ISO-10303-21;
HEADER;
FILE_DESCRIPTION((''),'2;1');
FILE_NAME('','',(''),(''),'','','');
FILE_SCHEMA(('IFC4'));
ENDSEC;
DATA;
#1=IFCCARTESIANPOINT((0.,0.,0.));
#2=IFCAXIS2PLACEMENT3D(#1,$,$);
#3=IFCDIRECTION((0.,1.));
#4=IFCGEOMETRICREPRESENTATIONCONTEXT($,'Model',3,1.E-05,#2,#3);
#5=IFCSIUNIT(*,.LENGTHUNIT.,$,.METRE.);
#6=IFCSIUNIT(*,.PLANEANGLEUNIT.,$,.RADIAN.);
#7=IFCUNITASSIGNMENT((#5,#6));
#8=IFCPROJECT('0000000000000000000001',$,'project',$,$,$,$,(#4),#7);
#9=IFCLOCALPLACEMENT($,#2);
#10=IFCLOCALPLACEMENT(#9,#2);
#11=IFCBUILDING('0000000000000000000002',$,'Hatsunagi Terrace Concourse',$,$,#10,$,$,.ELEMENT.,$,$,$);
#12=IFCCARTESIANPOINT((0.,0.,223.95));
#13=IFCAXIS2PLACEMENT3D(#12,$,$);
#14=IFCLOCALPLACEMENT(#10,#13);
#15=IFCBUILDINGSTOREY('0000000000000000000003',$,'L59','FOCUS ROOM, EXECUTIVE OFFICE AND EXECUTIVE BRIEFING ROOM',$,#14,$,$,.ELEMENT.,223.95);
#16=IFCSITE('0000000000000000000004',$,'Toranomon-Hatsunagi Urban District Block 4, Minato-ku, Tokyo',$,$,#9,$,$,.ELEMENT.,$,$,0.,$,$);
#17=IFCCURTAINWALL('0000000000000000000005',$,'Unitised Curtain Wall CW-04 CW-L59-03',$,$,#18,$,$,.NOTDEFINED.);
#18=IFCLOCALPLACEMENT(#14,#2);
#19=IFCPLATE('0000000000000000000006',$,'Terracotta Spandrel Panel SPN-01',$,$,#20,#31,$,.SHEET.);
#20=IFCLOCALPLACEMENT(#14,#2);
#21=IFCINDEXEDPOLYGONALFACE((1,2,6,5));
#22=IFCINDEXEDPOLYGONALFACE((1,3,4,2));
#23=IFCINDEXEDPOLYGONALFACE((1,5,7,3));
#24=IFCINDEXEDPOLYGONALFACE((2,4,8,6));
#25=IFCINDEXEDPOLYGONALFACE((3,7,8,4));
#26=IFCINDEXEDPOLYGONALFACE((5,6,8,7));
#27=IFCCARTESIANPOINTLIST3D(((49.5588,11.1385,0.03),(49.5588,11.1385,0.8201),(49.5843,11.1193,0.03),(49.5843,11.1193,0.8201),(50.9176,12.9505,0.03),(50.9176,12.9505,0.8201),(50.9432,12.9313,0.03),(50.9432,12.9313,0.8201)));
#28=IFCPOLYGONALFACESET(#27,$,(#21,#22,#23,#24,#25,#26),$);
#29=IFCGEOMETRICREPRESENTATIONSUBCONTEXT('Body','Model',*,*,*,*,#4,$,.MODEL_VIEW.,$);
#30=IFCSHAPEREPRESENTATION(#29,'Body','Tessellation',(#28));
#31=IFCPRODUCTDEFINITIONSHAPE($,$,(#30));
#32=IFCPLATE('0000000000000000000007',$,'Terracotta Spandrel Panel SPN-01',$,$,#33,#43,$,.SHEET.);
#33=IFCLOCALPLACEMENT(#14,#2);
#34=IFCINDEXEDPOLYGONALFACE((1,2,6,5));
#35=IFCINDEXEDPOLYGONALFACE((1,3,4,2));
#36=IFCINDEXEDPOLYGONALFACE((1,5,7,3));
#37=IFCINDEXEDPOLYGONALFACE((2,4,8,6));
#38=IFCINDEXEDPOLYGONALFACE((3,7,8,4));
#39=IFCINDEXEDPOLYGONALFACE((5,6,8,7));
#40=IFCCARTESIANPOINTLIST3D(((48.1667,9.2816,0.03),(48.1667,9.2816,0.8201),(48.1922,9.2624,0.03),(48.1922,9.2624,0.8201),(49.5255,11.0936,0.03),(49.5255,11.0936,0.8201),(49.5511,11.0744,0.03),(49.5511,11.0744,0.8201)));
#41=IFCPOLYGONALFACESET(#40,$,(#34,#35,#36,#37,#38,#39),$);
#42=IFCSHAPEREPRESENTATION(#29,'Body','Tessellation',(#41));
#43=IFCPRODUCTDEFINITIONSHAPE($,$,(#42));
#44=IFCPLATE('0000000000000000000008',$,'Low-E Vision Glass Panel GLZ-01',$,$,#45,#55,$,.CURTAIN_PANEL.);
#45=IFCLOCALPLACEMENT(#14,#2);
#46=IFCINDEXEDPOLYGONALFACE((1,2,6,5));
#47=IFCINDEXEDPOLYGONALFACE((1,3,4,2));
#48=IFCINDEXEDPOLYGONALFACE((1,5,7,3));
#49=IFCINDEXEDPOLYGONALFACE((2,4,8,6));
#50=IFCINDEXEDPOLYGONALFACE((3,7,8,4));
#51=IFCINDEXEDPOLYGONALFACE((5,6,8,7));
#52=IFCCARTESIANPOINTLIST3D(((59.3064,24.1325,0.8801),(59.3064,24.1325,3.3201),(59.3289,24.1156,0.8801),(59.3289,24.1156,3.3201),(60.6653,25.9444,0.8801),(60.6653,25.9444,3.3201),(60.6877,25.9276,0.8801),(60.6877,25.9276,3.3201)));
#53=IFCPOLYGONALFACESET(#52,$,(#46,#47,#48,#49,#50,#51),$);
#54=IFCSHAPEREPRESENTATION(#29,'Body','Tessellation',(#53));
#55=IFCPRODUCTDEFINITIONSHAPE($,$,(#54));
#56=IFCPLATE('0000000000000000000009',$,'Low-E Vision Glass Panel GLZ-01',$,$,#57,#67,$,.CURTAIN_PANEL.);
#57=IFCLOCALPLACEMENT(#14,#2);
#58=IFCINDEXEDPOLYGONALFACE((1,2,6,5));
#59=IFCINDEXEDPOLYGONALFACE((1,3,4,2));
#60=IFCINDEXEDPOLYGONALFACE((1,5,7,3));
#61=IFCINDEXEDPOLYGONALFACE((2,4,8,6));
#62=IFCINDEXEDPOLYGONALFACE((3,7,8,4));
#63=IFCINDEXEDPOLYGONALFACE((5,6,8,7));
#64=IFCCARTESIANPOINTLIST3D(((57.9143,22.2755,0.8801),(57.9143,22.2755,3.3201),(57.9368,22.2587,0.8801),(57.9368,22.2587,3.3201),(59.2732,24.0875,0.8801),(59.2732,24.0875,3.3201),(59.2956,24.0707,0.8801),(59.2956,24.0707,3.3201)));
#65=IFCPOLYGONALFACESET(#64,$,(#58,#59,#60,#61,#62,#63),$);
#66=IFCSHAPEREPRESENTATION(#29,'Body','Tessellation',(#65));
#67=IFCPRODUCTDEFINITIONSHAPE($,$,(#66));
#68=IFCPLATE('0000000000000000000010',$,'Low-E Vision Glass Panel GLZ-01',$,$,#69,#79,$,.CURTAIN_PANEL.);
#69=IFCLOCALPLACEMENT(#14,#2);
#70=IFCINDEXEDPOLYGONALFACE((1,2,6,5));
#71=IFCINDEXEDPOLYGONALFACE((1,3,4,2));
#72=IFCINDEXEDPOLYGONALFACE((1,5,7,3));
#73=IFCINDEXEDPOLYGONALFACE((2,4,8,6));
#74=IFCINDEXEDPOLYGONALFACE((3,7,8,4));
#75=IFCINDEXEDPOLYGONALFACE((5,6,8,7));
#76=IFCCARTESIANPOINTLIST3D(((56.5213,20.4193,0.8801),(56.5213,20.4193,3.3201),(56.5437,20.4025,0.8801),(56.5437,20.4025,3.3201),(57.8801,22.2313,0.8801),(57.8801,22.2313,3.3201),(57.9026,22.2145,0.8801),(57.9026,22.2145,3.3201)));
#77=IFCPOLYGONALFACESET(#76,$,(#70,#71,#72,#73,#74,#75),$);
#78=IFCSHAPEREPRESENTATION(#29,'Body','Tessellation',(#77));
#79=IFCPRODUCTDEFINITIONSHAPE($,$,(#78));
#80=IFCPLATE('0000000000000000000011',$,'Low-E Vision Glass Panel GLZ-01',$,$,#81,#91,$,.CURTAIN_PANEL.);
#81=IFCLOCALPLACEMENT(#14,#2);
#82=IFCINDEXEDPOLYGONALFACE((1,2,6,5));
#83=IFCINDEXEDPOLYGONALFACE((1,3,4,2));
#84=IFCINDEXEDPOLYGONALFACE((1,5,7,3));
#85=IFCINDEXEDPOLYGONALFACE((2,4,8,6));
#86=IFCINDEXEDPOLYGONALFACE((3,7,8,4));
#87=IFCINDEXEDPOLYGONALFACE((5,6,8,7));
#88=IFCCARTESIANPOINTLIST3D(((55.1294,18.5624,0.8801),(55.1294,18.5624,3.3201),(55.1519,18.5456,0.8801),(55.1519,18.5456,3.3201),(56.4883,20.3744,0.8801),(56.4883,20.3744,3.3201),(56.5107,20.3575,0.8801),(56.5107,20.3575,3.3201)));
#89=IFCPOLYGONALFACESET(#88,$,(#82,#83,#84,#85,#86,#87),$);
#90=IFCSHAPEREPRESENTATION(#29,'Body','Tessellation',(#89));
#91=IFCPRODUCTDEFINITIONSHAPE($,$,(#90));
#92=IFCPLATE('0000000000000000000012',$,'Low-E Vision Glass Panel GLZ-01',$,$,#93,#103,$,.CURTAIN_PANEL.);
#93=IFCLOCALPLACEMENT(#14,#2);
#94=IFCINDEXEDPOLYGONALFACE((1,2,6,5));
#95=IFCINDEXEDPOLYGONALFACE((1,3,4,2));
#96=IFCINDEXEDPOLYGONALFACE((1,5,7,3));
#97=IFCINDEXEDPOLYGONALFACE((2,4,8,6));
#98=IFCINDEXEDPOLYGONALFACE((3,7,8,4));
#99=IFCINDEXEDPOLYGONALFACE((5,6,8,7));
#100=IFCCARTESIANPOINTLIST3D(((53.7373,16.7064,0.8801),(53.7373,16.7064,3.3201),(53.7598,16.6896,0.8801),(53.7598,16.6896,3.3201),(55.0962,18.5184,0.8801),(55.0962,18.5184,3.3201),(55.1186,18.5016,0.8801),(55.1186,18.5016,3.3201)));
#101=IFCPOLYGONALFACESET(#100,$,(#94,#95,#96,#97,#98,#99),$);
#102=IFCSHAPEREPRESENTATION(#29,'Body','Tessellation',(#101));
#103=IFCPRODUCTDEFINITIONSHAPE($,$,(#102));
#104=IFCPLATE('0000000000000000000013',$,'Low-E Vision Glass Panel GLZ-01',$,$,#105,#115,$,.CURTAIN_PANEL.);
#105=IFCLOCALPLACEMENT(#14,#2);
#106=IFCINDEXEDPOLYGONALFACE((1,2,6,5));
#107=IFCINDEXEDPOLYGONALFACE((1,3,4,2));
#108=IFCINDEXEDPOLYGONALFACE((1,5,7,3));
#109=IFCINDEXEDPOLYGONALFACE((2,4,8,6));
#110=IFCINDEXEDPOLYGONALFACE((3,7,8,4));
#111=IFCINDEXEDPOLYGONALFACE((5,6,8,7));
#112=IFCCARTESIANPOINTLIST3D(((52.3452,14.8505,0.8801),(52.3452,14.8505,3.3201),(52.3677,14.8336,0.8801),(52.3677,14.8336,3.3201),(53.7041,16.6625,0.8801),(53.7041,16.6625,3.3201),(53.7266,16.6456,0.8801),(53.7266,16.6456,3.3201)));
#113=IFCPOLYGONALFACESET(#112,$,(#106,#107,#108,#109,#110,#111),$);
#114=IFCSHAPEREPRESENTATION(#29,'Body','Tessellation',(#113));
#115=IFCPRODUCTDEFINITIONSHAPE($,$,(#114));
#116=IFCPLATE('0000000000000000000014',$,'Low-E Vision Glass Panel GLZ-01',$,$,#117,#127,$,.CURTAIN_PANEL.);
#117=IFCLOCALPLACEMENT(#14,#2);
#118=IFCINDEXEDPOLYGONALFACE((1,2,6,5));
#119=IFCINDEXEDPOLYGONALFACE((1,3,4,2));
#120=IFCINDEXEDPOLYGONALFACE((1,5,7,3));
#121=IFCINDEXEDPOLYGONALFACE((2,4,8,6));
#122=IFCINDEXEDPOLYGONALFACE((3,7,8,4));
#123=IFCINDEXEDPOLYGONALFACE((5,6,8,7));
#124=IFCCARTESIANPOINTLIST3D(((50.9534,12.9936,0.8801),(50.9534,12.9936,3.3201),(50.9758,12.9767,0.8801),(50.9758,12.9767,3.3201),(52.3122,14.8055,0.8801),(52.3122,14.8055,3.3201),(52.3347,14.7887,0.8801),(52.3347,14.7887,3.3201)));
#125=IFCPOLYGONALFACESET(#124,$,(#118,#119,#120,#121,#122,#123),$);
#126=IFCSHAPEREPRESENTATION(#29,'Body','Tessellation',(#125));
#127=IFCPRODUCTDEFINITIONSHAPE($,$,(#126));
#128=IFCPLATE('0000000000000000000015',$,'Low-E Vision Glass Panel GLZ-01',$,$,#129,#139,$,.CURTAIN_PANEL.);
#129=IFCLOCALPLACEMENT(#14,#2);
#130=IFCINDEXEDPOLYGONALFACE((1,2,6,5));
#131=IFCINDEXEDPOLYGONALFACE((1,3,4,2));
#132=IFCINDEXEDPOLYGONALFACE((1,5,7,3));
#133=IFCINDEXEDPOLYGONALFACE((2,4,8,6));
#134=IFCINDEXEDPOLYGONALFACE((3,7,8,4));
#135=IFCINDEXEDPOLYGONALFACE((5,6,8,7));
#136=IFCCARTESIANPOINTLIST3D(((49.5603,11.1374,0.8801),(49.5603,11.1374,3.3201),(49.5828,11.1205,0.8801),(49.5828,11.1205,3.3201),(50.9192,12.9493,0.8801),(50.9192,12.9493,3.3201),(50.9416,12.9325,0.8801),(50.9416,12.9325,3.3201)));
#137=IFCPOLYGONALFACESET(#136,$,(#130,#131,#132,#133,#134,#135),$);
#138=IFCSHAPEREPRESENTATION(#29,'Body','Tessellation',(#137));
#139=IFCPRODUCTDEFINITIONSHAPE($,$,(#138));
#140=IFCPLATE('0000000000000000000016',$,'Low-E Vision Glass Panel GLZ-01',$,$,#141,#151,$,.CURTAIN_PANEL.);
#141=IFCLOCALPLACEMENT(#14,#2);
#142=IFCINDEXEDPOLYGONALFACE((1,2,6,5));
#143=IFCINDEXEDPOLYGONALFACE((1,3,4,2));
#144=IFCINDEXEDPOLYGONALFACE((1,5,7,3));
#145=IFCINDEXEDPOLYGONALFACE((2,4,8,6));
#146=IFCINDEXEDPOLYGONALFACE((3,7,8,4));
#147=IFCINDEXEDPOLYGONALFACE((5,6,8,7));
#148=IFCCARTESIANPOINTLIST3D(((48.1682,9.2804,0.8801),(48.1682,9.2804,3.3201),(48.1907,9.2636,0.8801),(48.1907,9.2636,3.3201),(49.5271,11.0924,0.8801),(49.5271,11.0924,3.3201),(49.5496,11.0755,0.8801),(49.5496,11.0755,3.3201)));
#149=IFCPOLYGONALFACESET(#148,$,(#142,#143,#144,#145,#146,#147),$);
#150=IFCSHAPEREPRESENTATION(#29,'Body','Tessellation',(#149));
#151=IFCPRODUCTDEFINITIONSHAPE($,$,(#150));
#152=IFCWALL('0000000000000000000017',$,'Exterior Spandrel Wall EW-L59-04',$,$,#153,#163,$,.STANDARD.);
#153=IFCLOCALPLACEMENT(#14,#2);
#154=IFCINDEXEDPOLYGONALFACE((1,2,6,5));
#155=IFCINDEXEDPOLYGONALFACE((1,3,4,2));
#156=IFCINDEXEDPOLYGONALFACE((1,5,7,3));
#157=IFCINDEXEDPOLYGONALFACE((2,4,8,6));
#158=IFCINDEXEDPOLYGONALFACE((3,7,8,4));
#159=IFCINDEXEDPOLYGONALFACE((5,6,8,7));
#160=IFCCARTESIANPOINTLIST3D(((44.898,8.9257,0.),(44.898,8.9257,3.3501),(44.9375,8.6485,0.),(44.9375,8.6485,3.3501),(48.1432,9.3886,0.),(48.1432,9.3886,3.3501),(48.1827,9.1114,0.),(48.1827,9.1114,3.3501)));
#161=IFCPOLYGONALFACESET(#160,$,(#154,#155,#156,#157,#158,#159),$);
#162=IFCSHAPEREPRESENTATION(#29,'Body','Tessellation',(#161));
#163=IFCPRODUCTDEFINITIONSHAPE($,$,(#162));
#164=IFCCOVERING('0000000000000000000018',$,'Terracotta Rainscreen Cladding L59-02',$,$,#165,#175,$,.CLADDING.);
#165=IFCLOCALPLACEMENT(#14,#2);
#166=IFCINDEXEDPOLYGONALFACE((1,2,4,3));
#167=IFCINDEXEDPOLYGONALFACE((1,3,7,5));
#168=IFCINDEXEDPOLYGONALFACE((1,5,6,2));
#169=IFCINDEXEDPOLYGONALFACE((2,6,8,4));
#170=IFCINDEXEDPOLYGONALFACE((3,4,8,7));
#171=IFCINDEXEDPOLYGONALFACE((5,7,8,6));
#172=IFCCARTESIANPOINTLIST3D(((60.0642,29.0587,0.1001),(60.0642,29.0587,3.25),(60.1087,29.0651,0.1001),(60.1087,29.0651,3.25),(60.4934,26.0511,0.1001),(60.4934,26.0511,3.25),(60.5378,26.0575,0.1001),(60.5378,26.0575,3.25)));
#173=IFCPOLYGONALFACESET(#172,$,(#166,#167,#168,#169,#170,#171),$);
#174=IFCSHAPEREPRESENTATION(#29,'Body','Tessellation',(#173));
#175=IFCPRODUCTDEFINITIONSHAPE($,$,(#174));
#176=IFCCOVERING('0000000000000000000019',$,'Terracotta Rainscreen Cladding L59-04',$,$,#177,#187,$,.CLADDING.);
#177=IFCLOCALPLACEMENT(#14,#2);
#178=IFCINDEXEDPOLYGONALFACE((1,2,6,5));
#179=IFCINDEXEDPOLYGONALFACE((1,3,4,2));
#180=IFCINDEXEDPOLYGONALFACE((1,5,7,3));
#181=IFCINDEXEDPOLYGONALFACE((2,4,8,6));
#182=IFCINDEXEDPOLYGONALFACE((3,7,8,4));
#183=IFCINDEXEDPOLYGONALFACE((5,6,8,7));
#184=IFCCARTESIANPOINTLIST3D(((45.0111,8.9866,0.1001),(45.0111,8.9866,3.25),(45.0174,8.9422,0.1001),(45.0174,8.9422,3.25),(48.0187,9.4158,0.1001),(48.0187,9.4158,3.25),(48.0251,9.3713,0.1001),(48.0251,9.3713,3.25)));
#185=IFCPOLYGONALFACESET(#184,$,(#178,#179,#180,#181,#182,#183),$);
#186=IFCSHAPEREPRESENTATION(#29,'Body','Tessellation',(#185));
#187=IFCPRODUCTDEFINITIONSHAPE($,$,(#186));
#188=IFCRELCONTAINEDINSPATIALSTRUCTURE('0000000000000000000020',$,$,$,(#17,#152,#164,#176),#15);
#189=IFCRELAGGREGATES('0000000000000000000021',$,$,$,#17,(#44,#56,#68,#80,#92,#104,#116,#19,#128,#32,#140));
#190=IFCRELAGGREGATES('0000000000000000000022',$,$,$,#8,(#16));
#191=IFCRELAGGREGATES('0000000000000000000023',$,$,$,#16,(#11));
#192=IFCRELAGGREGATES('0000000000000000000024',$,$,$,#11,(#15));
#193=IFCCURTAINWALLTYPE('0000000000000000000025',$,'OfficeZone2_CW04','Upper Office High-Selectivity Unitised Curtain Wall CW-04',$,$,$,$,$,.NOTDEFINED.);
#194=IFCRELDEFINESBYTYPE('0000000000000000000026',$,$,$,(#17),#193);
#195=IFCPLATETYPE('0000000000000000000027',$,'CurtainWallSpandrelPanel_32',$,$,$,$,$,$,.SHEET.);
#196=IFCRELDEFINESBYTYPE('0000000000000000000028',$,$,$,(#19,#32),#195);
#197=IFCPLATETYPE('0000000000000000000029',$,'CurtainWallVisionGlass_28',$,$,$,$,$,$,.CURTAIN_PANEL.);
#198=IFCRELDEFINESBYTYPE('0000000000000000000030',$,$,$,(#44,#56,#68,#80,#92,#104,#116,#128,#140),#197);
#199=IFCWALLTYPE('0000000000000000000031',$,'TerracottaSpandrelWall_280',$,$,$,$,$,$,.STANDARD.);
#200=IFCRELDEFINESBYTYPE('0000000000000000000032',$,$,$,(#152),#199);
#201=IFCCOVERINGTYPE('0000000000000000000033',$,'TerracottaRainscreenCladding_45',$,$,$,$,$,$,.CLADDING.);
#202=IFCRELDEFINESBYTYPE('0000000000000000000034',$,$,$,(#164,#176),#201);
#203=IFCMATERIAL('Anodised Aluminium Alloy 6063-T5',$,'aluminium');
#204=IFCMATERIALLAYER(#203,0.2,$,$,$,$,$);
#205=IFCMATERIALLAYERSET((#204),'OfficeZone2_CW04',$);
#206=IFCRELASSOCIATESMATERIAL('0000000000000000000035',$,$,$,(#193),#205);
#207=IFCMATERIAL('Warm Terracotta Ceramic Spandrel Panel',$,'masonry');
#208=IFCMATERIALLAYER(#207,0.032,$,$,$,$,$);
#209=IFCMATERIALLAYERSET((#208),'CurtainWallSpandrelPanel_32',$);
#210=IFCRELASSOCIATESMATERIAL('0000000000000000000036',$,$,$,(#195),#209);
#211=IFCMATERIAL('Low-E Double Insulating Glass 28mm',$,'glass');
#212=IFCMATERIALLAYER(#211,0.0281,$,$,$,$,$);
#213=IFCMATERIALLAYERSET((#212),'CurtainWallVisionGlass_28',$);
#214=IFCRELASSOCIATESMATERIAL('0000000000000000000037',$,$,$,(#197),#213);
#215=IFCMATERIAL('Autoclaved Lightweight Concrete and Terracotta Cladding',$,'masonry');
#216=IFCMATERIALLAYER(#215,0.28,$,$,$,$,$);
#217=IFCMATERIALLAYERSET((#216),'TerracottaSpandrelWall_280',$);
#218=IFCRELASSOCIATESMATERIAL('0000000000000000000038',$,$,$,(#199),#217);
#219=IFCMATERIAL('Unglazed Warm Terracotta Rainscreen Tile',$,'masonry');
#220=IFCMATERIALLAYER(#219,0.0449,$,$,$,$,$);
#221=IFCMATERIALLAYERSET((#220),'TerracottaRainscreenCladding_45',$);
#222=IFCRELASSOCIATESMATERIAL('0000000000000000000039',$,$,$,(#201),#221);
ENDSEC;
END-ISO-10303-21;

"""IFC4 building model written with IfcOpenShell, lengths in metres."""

from ifc_helpers import new_model, si_unit, direction, frame, frame_2d, origin, origin_2d, place, context, subcontext, project, spatial, rectangle, extrude, material, layer, layer_set, type_object, element, aggregate, save


model = new_model("IFC4")

# Units and contexts
model_context = context("Model", 3, precision=1e-05, world=origin(), true_north=direction((0.0, 1.0)))
body_context = subcontext(model_context, "Body", "Model", "MODEL_VIEW")
ifc_project = project(units=[si_unit("LENGTHUNIT", "METRE"), si_unit("PLANEANGLEUNIT", "RADIAN")], contexts=[model_context])

# Site, building, storey
site_placement = place(None, origin())
site = spatial("IfcSite", under=ifc_project, at=site_placement, Name="Toranomon-Hatsunagi Urban District Block 4, Minato-ku, Tokyo", CompositionType="ELEMENT", RefElevation=0.0)
building_placement = place(site_placement, origin())
building = spatial("IfcBuilding", under=site, at=building_placement, Name="Hatsunagi Terrace Concourse", CompositionType="ELEMENT")
storey_placement = place(building_placement, frame((0.0, 0.0, 223.95)))
storey = spatial("IfcBuildingStorey", under=building, at=storey_placement, Name="L59", Description="FOCUS ROOM, EXECUTIVE OFFICE AND EXECUTIVE BRIEFING ROOM", CompositionType="ELEMENT", Elevation=223.95)

# Curtain wall
ifc_material_1 = material(Name="Anodised Aluminium Alloy 6063-T5", Category="aluminium")
ifc_layer_1 = layer(ifc_material_1, 0.2)
ifc_layer_set_1 = layer_set([ifc_layer_1], Name="OfficeZone2_CW04")
curtain_wall_type = type_object("IfcCurtainWallType", Name="OfficeZone2_CW04", Description="Upper Office High-Selectivity Unitised Curtain Wall CW-04", PredefinedType="NOTDEFINED", material=ifc_layer_set_1)
curtain_wall_placement = place(storey_placement, origin())
curtain_wall = element("IfcCurtainWall", 1, at=curtain_wall_placement, inside=storey, type_object=curtain_wall_type, Name="Unitised Curtain Wall CW-04 CW-L59-03", PredefinedType="NOTDEFINED")

# Plates
ifc_material_2 = material(Name="Warm Terracotta Ceramic Spandrel Panel", Category="masonry")
ifc_layer_2 = layer(ifc_material_2, 0.032)
ifc_layer_set_2 = layer_set([ifc_layer_2], Name="CurtainWallSpandrelPanel_32")
plate_type_1 = type_object("IfcPlateType", Name="CurtainWallSpandrelPanel_32", PredefinedType="SHEET", material=ifc_layer_set_2)
plate_1_placement = place(storey_placement, frame((50.251, 12.0349, 0.03), z_axis=(0.0, 0.0, 1.0), x_axis=(-0.599969, -0.800023, 0.0)))
plate_1 = element("IfcPlate", 2, at=plate_1_placement, type_object=plate_type_1, Name="Terracotta Spandrel Panel SPN-01", PredefinedType="SHEET", context=body_context, shape_type="SweptSolid", body=[
    extrude(rectangle(XDim=2.2649, YDim=0.032, at=origin_2d()), origin(), (0.0, 0.0, 1.0), 0.79),
])
plate_2_placement = place(storey_placement, frame((48.8589, 10.178, 0.03), z_axis=(0.0, 0.0, 1.0), x_axis=(-0.599969, -0.800023, 0.0)))
plate_2 = element("IfcPlate", 3, at=plate_2_placement, type_object=plate_type_1, Name="Terracotta Spandrel Panel SPN-01", PredefinedType="SHEET", context=body_context, shape_type="SweptSolid", body=[
    extrude(rectangle(XDim=2.2649, YDim=0.032, at=origin_2d()), origin(), (0.0, 0.0, 1.0), 0.79),
])
ifc_material_3 = material(Name="Low-E Double Insulating Glass 28mm", Category="glass")
ifc_layer_3 = layer(ifc_material_3, 0.0281)
ifc_layer_set_3 = layer_set([ifc_layer_3], Name="CurtainWallVisionGlass_28")
plate_type_2 = type_object("IfcPlateType", Name="CurtainWallVisionGlass_28", PredefinedType="CURTAIN_PANEL", material=ifc_layer_set_3)
plate_3_placement = place(storey_placement, frame((59.9971, 25.03, 0.8801), z_axis=(0.0, 0.0, 1.0), x_axis=(-0.599969, -0.800023, 0.0)))
plate_3 = element("IfcPlate", 4, at=plate_3_placement, type_object=plate_type_2, Name="Low-E Vision Glass Panel GLZ-01", PredefinedType="CURTAIN_PANEL", context=body_context, shape_type="SweptSolid", body=[
    extrude(rectangle(XDim=2.2649, YDim=0.0281, at=origin_2d()), origin(), (0.0, 0.0, 1.0), 2.4399),
])
plate_4_placement = place(storey_placement, frame((58.605, 23.1731, 0.8801), z_axis=(0.0, 0.0, 1.0), x_axis=(-0.599969, -0.800023, 0.0)))
plate_4 = element("IfcPlate", 5, at=plate_4_placement, type_object=plate_type_2, Name="Low-E Vision Glass Panel GLZ-01", PredefinedType="CURTAIN_PANEL", context=body_context, shape_type="SweptSolid", body=[
    extrude(rectangle(XDim=2.2649, YDim=0.0281, at=origin_2d()), origin(), (0.0, 0.0, 1.0), 2.4399),
])
plate_5_placement = place(storey_placement, frame((57.2119, 21.3169, 0.8801), z_axis=(0.0, 0.0, 1.0), x_axis=(-0.599969, -0.800023, 0.0)))
plate_5 = element("IfcPlate", 6, at=plate_5_placement, type_object=plate_type_2, Name="Low-E Vision Glass Panel GLZ-01", PredefinedType="CURTAIN_PANEL", context=body_context, shape_type="SweptSolid", body=[
    extrude(rectangle(XDim=2.2649, YDim=0.0281, at=origin_2d()), origin(), (0.0, 0.0, 1.0), 2.4399),
])
plate_6_placement = place(storey_placement, frame((55.8201, 19.46, 0.8801), z_axis=(0.0, 0.0, 1.0), x_axis=(-0.599969, -0.800023, 0.0)))
plate_6 = element("IfcPlate", 7, at=plate_6_placement, type_object=plate_type_2, Name="Low-E Vision Glass Panel GLZ-01", PredefinedType="CURTAIN_PANEL", context=body_context, shape_type="SweptSolid", body=[
    extrude(rectangle(XDim=2.2649, YDim=0.0281, at=origin_2d()), origin(), (0.0, 0.0, 1.0), 2.4399),
])
plate_7_placement = place(storey_placement, frame((54.428, 17.604, 0.8801), z_axis=(0.0, 0.0, 1.0), x_axis=(-0.599969, -0.800023, 0.0)))
plate_7 = element("IfcPlate", 8, at=plate_7_placement, type_object=plate_type_2, Name="Low-E Vision Glass Panel GLZ-01", PredefinedType="CURTAIN_PANEL", context=body_context, shape_type="SweptSolid", body=[
    extrude(rectangle(XDim=2.2649, YDim=0.0281, at=origin_2d()), origin(), (0.0, 0.0, 1.0), 2.4399),
])
plate_8_placement = place(storey_placement, frame((53.0359, 15.748, 0.8801), z_axis=(0.0, 0.0, 1.0), x_axis=(-0.599969, -0.800023, 0.0)))
plate_8 = element("IfcPlate", 9, at=plate_8_placement, type_object=plate_type_2, Name="Low-E Vision Glass Panel GLZ-01", PredefinedType="CURTAIN_PANEL", context=body_context, shape_type="SweptSolid", body=[
    extrude(rectangle(XDim=2.2649, YDim=0.0281, at=origin_2d()), origin(), (0.0, 0.0, 1.0), 2.4399),
])
plate_9_placement = place(storey_placement, frame((51.644, 13.8911, 0.8801), z_axis=(0.0, 0.0, 1.0), x_axis=(-0.599969, -0.800023, 0.0)))
plate_9 = element("IfcPlate", 10, at=plate_9_placement, type_object=plate_type_2, Name="Low-E Vision Glass Panel GLZ-01", PredefinedType="CURTAIN_PANEL", context=body_context, shape_type="SweptSolid", body=[
    extrude(rectangle(XDim=2.2649, YDim=0.0281, at=origin_2d()), origin(), (0.0, 0.0, 1.0), 2.4399),
])
plate_10_placement = place(storey_placement, frame((50.251, 12.0349, 0.8801), z_axis=(0.0, 0.0, 1.0), x_axis=(-0.599969, -0.800023, 0.0)))
plate_10 = element("IfcPlate", 11, at=plate_10_placement, type_object=plate_type_2, Name="Low-E Vision Glass Panel GLZ-01", PredefinedType="CURTAIN_PANEL", context=body_context, shape_type="SweptSolid", body=[
    extrude(rectangle(XDim=2.2649, YDim=0.0281, at=origin_2d()), origin(), (0.0, 0.0, 1.0), 2.4399),
])
plate_11_placement = place(storey_placement, frame((48.8589, 10.178, 0.8801), z_axis=(0.0, 0.0, 1.0), x_axis=(-0.599969, -0.800023, 0.0)))
plate_11 = element("IfcPlate", 12, at=plate_11_placement, type_object=plate_type_2, Name="Low-E Vision Glass Panel GLZ-01", PredefinedType="CURTAIN_PANEL", context=body_context, shape_type="SweptSolid", body=[
    extrude(rectangle(XDim=2.2649, YDim=0.0281, at=origin_2d()), origin(), (0.0, 0.0, 1.0), 2.4399),
])
aggregate(curtain_wall, [plate_3, plate_4, plate_5, plate_6, plate_7, plate_8, plate_9, plate_1, plate_10, plate_2, plate_11])

# Wall
ifc_material_4 = material(Name="Autoclaved Lightweight Concrete and Terracotta Cladding", Category="masonry")
ifc_layer_4 = layer(ifc_material_4, 0.28)
ifc_layer_set_4 = layer_set([ifc_layer_4], Name="TerracottaSpandrelWall_280")
wall_type = type_object("IfcWallType", Name="TerracottaSpandrelWall_280", PredefinedType="STANDARD", material=ifc_layer_set_4)
wall_placement = place(storey_placement, frame((48.1631, 9.25, 0.0), z_axis=(0.0, 0.0, 1.0), x_axis=(-0.989979, -0.141213, 0.0)))
element("IfcWall", 13, at=wall_placement, inside=storey, type_object=wall_type, Name="Exterior Spandrel Wall EW-L59-04", PredefinedType="STANDARD", context=body_context, shape_type="SweptSolid", body=[
    extrude(rectangle(XDim=3.2781, YDim=0.28, at=frame_2d((1.6392, 0.0))), origin(), (0.0, 0.0, 1.0), 3.3501),
])

# Coverings
ifc_material_5 = material(Name="Unglazed Warm Terracotta Rainscreen Tile", Category="masonry")
ifc_layer_5 = layer(ifc_material_5, 0.0449)
ifc_layer_set_5 = layer_set([ifc_layer_5], Name="TerracottaRainscreenCladding_45")
covering_type = type_object("IfcCoveringType", Name="TerracottaRainscreenCladding_45", PredefinedType="CLADDING", material=ifc_layer_set_5)
for number, where, z_axis, x_axis, name in (
    (14, (60.301, 27.5581, 0.1001), (0.0, 0.0, 1.0), (0.14125, -0.989974, 0.0), "Terracotta Rainscreen Cladding L59-02"),
    (15, (46.5181, 9.179, 0.1001), (0.0, 0.0, 1.0), (-0.989974, -0.14125, 0.0), "Terracotta Rainscreen Cladding L59-04"),
):
    element("IfcCovering", number, at=place(storey_placement, frame(where, z_axis=z_axis, x_axis=x_axis)), inside=storey, type_object=covering_type, Name=name, PredefinedType="CLADDING", context=body_context, shape_type="SweptSolid", body=[
        extrude(rectangle(XDim=3.0381, YDim=0.0449, at=origin_2d()), origin(), (0.0, 0.0, 1.0), 3.1499),
    ])

save(model, "model.ifc")
